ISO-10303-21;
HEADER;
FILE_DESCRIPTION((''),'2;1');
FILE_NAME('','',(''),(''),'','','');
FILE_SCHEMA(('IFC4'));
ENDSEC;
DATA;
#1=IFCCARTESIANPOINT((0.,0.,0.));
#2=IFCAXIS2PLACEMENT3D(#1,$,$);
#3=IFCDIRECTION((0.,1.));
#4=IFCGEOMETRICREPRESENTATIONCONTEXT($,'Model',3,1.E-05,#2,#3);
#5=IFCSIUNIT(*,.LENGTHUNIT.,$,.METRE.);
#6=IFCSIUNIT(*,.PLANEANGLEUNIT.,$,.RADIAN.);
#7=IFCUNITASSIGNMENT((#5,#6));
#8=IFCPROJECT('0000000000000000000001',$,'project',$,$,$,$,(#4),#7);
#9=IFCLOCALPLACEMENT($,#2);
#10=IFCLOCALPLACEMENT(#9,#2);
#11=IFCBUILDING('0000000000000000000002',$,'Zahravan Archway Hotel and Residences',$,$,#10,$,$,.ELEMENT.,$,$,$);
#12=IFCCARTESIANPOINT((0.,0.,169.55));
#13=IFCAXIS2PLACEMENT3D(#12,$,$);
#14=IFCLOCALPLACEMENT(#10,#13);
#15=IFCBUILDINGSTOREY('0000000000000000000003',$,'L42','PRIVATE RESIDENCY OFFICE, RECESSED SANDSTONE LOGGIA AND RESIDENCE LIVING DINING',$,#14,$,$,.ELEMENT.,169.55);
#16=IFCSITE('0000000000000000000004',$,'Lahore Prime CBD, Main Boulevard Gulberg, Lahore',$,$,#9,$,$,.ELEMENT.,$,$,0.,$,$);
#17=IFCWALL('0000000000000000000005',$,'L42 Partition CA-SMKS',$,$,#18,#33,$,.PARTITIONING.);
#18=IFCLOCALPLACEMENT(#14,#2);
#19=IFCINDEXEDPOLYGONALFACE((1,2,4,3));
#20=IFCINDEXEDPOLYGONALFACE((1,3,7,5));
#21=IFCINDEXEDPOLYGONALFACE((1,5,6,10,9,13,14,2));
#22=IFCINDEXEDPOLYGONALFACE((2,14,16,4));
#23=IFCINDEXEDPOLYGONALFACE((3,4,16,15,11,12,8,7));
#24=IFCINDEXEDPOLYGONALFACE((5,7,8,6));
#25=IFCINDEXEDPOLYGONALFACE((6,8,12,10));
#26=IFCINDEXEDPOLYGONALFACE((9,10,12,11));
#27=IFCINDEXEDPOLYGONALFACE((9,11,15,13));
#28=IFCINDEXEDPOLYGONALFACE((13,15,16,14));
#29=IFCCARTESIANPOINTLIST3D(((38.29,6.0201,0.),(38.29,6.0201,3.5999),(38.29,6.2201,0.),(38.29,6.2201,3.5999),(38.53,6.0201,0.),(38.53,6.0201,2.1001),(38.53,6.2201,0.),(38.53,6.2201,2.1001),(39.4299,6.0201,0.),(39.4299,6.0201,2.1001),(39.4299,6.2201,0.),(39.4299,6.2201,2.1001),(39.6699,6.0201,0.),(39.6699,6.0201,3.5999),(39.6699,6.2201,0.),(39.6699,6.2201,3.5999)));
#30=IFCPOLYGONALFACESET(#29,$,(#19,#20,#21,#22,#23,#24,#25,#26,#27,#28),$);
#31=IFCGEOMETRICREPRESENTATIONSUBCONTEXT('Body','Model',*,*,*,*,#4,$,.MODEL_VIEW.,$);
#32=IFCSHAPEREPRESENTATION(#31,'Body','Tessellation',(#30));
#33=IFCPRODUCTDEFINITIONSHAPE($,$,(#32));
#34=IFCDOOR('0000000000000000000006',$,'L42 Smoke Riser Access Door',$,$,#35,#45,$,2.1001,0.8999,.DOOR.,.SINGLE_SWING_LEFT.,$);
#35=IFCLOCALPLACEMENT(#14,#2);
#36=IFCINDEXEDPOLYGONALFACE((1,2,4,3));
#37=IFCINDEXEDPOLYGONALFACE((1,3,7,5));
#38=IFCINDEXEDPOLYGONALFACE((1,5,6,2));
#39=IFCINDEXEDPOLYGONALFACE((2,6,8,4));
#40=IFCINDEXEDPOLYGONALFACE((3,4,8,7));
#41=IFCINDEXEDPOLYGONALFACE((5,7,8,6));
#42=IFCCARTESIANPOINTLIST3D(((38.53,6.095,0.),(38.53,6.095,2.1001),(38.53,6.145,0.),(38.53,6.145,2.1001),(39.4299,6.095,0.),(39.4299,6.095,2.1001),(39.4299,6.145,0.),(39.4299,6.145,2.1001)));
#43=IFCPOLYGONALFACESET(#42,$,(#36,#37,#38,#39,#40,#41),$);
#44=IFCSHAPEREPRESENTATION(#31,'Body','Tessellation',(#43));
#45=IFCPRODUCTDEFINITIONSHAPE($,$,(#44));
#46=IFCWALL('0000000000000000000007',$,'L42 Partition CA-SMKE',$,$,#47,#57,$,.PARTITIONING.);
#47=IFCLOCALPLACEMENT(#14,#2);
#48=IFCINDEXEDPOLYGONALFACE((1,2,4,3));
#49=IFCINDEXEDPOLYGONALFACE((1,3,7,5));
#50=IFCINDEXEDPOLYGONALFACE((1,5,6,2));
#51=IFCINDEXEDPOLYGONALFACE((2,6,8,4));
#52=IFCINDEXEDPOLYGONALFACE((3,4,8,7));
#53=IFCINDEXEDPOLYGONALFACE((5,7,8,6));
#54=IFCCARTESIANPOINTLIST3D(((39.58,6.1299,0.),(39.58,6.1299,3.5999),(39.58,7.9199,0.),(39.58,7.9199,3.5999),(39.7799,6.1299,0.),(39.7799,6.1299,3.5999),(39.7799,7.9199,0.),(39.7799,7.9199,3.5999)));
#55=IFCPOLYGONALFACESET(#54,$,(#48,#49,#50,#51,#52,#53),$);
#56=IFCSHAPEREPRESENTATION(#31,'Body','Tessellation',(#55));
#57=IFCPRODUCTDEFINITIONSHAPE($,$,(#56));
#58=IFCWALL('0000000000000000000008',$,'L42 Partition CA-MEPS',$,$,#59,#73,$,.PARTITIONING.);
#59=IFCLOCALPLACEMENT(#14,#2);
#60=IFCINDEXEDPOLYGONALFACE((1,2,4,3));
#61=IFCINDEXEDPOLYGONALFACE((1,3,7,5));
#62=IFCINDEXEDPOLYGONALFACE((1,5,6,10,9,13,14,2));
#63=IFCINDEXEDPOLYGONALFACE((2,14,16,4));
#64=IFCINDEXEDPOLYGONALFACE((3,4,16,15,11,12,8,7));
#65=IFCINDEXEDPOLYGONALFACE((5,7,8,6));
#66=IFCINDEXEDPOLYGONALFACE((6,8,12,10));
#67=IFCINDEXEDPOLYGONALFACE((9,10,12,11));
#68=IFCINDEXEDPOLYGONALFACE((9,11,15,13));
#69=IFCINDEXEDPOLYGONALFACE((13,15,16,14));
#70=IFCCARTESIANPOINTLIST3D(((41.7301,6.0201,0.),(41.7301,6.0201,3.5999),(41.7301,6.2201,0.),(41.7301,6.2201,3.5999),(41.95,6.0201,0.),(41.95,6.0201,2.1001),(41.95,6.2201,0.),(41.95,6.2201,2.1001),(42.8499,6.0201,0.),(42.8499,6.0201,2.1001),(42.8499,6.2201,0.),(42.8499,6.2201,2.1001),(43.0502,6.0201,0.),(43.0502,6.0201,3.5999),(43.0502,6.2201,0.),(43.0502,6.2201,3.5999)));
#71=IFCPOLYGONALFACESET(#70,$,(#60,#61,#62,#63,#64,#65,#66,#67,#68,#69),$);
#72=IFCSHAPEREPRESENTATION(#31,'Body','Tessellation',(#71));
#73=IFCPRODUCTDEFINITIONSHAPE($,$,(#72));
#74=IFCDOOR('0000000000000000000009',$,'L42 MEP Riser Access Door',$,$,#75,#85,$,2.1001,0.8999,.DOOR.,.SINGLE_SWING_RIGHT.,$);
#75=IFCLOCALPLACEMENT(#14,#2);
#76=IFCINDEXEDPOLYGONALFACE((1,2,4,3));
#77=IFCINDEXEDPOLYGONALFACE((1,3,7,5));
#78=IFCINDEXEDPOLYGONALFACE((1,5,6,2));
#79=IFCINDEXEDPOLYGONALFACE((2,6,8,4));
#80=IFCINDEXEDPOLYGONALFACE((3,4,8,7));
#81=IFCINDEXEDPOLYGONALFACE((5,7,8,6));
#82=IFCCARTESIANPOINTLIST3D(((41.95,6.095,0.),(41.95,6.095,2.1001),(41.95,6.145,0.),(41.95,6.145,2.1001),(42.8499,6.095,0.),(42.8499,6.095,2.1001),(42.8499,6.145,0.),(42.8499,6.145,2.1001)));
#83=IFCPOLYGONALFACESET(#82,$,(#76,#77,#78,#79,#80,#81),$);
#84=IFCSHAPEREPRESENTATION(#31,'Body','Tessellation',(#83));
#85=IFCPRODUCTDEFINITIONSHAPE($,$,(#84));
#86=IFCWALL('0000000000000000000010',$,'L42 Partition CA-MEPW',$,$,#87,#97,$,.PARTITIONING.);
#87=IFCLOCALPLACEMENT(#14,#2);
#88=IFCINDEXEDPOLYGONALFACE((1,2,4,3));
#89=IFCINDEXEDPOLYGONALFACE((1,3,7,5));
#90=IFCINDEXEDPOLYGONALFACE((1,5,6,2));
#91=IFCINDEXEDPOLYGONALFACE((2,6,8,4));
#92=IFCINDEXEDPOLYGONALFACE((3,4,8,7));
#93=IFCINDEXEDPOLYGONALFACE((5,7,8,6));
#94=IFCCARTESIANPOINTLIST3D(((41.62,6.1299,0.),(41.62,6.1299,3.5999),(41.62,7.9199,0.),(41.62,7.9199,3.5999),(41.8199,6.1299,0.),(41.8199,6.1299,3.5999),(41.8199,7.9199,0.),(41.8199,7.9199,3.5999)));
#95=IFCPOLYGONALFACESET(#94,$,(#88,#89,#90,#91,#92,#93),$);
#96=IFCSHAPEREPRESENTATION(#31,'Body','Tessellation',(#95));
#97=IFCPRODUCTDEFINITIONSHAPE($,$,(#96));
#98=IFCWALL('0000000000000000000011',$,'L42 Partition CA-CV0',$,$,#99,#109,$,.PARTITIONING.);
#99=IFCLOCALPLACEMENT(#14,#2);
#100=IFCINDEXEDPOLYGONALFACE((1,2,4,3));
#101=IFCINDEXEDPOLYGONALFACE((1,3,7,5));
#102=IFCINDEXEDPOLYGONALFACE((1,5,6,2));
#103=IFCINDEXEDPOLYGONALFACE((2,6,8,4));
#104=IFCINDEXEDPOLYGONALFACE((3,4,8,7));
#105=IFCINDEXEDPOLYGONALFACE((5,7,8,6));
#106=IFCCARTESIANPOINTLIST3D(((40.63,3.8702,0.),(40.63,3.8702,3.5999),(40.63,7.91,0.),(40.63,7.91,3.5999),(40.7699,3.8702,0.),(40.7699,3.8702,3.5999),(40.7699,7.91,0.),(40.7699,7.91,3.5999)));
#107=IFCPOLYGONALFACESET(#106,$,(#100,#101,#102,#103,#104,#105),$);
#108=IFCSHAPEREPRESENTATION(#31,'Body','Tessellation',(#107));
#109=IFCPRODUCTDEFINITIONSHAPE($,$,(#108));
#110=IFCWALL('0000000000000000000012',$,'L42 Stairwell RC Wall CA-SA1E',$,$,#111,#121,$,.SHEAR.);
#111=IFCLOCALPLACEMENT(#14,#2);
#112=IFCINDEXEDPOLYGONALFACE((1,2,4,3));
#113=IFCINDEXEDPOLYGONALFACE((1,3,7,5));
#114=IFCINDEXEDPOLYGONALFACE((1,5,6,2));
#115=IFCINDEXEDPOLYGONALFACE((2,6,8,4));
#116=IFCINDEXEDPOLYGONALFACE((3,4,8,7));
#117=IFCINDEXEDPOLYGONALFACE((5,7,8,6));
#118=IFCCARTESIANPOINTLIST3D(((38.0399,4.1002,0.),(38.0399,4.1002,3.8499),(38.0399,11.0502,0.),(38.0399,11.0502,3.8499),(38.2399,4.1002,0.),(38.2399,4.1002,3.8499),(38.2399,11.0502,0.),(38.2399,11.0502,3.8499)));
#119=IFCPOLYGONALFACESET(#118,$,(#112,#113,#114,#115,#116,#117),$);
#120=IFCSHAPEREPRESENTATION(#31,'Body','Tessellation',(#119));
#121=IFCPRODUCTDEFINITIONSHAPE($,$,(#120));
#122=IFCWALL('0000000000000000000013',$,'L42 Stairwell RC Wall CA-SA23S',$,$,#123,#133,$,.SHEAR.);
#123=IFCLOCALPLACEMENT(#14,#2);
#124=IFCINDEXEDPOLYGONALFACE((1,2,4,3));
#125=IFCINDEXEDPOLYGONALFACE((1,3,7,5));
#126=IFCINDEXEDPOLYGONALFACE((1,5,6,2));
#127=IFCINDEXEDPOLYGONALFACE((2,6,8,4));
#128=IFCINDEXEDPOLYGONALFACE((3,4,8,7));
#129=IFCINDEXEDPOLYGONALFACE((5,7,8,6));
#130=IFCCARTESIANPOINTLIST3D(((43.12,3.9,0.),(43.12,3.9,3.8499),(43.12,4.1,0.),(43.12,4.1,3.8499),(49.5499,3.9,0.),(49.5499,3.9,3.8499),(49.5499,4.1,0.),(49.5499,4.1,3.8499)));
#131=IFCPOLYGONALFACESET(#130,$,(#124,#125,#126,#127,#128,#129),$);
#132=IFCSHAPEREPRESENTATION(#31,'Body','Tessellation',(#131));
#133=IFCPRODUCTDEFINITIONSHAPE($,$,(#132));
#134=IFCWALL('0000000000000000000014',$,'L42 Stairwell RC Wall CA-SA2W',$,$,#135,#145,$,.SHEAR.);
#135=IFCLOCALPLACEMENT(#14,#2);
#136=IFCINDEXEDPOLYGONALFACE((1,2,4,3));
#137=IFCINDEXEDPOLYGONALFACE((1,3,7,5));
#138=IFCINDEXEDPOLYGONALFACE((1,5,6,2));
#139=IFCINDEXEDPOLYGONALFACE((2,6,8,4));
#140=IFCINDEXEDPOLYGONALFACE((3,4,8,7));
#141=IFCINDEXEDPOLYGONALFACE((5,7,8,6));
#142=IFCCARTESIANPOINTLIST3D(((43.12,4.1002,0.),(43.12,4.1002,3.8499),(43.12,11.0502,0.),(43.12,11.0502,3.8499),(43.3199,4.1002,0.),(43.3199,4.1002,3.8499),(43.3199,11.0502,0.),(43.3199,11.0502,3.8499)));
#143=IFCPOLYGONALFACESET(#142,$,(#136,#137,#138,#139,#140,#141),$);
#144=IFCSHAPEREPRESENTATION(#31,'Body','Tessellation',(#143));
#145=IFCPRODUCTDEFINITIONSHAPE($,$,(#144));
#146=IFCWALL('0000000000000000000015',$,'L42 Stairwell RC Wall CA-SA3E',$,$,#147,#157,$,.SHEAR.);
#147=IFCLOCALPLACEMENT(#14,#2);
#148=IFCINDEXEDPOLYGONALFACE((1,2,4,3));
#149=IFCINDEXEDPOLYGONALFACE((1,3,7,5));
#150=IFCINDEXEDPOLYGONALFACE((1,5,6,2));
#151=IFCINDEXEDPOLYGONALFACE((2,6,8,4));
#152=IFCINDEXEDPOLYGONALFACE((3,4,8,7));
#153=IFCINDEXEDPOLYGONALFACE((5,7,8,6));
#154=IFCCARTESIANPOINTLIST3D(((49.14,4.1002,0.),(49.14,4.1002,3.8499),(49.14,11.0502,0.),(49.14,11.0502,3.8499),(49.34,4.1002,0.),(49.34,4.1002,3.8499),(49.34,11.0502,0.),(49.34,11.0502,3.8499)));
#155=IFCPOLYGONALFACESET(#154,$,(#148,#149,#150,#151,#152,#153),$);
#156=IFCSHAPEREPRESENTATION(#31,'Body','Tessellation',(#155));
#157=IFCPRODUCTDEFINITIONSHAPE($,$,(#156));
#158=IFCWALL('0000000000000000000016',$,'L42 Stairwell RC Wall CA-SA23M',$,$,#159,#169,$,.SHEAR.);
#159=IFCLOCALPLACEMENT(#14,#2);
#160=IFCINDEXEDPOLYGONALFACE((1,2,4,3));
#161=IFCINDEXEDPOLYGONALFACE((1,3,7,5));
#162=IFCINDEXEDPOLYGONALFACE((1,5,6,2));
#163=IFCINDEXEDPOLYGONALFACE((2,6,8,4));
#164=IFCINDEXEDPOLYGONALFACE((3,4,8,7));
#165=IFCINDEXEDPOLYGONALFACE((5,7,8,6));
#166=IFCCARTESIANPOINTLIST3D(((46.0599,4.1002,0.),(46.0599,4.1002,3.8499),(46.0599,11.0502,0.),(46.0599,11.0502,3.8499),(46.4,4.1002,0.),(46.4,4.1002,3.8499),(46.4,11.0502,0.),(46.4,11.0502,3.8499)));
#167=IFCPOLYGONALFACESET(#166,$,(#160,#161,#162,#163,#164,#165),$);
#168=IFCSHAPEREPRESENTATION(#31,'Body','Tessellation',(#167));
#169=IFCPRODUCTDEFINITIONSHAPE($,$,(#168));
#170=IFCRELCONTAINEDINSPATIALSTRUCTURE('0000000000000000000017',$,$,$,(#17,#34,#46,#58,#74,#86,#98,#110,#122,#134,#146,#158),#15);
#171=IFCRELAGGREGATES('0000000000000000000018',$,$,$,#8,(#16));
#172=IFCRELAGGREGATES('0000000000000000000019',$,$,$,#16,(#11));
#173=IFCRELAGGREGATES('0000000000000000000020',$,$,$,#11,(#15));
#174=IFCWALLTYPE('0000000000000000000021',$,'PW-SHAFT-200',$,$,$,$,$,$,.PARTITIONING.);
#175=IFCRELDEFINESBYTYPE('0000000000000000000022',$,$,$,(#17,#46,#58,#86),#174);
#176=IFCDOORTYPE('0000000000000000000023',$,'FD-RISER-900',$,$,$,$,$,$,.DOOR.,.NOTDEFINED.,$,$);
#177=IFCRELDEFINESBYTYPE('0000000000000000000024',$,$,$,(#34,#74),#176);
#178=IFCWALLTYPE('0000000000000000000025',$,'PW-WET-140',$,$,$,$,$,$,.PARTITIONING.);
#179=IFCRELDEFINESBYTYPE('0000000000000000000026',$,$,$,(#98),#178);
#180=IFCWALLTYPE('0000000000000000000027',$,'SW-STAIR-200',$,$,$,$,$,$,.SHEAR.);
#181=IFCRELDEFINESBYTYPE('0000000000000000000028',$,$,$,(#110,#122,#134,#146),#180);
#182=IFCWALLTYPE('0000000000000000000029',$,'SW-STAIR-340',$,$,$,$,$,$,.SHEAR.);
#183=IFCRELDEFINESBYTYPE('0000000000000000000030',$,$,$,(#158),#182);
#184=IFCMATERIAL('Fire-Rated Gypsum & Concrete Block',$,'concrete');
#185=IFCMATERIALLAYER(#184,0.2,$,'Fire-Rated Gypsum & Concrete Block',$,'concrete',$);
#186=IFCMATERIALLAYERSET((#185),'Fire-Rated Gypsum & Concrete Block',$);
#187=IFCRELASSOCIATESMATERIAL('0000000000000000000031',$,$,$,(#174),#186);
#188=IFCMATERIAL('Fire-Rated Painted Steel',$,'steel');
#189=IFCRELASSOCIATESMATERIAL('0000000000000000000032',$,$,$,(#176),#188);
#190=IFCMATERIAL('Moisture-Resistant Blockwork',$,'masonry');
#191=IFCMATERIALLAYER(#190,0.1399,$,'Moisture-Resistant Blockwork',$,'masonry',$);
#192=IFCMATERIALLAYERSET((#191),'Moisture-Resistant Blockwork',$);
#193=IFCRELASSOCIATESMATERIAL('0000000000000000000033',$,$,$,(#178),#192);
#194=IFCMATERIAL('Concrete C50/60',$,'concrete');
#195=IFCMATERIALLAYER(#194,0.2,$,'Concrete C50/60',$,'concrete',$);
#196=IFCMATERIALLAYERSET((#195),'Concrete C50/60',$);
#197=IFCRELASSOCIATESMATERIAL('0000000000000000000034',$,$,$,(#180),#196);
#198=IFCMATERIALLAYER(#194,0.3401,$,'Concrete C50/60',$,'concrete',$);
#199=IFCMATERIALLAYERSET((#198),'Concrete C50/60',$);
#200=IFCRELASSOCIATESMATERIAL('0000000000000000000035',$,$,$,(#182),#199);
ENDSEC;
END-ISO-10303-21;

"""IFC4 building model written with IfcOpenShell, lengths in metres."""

from ifc_helpers import new_model, si_unit, direction, frame, frame_2d, origin, place, context, subcontext, project, spatial, rectangle, extrude, source, transform, mapped, material, layer, layer_set, type_object, type_shapes, element, fill, save


model = new_model("IFC4")

# Units and contexts
model_context = context("Model", 3, precision=1e-05, world=origin(), true_north=direction((0.0, 1.0)))
body_context = subcontext(model_context, "Body", "Model", "MODEL_VIEW")
ifc_project = project(units=[si_unit("LENGTHUNIT", "METRE"), si_unit("PLANEANGLEUNIT", "RADIAN")], contexts=[model_context])

# Site, building, storey
site_placement = place(None, origin())
site = spatial("IfcSite", under=ifc_project, at=site_placement, Name="Lahore Prime CBD, Main Boulevard Gulberg, Lahore", CompositionType="ELEMENT", RefElevation=0.0)
building_placement = place(site_placement, origin())
building = spatial("IfcBuilding", under=site, at=building_placement, Name="Zahravan Archway Hotel and Residences", CompositionType="ELEMENT")
storey_placement = place(building_placement, frame((0.0, 0.0, 169.55)))
storey = spatial("IfcBuildingStorey", under=building, at=storey_placement, Name="L42", Description="PRIVATE RESIDENCY OFFICE, RECESSED SANDSTONE LOGGIA AND RESIDENCE LIVING DINING", CompositionType="ELEMENT", Elevation=169.55)

# Wall, opening, door
ifc_material_1 = material(Name="Fire-Rated Gypsum & Concrete Block", Category="concrete")
ifc_layer_1 = layer(ifc_material_1, 0.2, Name="Fire-Rated Gypsum & Concrete Block", Category="concrete")
ifc_layer_set_1 = layer_set([ifc_layer_1], Name="Fire-Rated Gypsum & Concrete Block")
wall_type_1 = type_object("IfcWallType", Name="PW-SHAFT-200", PredefinedType="PARTITIONING", material=ifc_layer_set_1)
wall_1_placement = place(storey_placement, frame((38.29, 6.1201, 0.0), z_axis=(0.0, 0.0, 1.0), x_axis=(1.0, 0.0, 0.0)))
wall_1 = element("IfcWall", 1, at=wall_1_placement, inside=storey, type_object=wall_type_1, Name="L42 Partition CA-SMKS", PredefinedType="PARTITIONING", context=body_context, shape_type="SweptSolid", body=[
    extrude(rectangle(XDim=1.3799, YDim=0.2, at=frame_2d((0.6899, 0.0))), origin(), (0.0, 0.0, 1.0), 3.5999),
])
opening_1_placement = place(wall_1_placement, frame((0.24, 0.0, 0.0)))
opening_1 = element("IfcOpeningElement", 2, at=opening_1_placement, cuts=wall_1, PredefinedType="OPENING", context=body_context, shape_type="SweptSolid", body=[
    extrude(rectangle(XDim=0.8999, YDim=2.1001, at=frame_2d((0.45, 1.05))), frame((0.0, 0.1099, 0.0), z_axis=(0.0, -1.0, 0.0), x_axis=(1.0, 0.0, 0.0)), (0.0, 0.0, 1.0), 0.22),
])
ifc_material_2 = material(Name="Fire-Rated Painted Steel", Category="steel")
door_type = type_object("IfcDoorType", Name="FD-RISER-900", OperationType="NOTDEFINED", PredefinedType="DOOR", material=ifc_material_2)
shared_shape_1 = source(origin(), body_context, "Body", "SweptSolid", [
    extrude(rectangle(XDim=0.8999, YDim=2.1001, at=frame_2d((0.45, 1.05))), frame((0.0, 0.0249, 0.0), z_axis=(0.0, -1.0, 0.0), x_axis=(1.0, 0.0, 0.0)), (0.0, 0.0, 1.0), 0.05),
])
type_shapes(door_type, [shared_shape_1])
door_1_placement = place(opening_1_placement, origin())
door_1 = element("IfcDoor", 3, at=door_1_placement, inside=storey, type_object=door_type, Name="L42 Smoke Riser Access Door", OperationType="SINGLE_SWING_LEFT", OverallHeight=2.1001, OverallWidth=0.8999, PredefinedType="DOOR", context=body_context, shape_type="MappedRepresentation", body=[
    mapped(shared_shape_1, transform((0.0, 0.0, 0.0), scale=1.0)),
])
fill(opening_1, door_1)

# Wall
wall_2_placement = place(storey_placement, frame((39.6799, 6.1299, 0.0), z_axis=(0.0, 0.0, 1.0), x_axis=(0.0, 1.0, 0.0)))
element("IfcWall", 4, at=wall_2_placement, inside=storey, type_object=wall_type_1, Name="L42 Partition CA-SMKE", PredefinedType="PARTITIONING", context=body_context, shape_type="SweptSolid", body=[
    extrude(rectangle(XDim=1.79, YDim=0.2, at=frame_2d((0.895, 0.0))), origin(), (0.0, 0.0, 1.0), 3.5999),
])

# Wall, opening, door
wall_3_placement = place(storey_placement, frame((41.73, 6.1201, 0.0), z_axis=(0.0, 0.0, 1.0), x_axis=(1.0, 0.0, 0.0)))
wall_3 = element("IfcWall", 5, at=wall_3_placement, inside=storey, type_object=wall_type_1, Name="L42 Partition CA-MEPS", PredefinedType="PARTITIONING", context=body_context, shape_type="SweptSolid", body=[
    extrude(rectangle(XDim=1.3201, YDim=0.2, at=frame_2d((0.6602, 0.0))), origin(), (0.0, 0.0, 1.0), 3.5999),
])
opening_2_placement = place(wall_3_placement, frame((0.22, 0.0, 0.0)))
opening_2 = element("IfcOpeningElement", 6, at=opening_2_placement, cuts=wall_3, PredefinedType="OPENING", context=body_context, shape_type="SweptSolid", body=[
    extrude(rectangle(XDim=0.8999, YDim=2.1001, at=frame_2d((0.45, 1.05))), frame((0.0, 0.1099, 0.0), z_axis=(0.0, -1.0, 0.0), x_axis=(1.0, 0.0, 0.0)), (0.0, 0.0, 1.0), 0.22),
])
door_2_placement = place(opening_2_placement, origin())
door_2 = element("IfcDoor", 7, at=door_2_placement, inside=storey, type_object=door_type, Name="L42 MEP Riser Access Door", OperationType="SINGLE_SWING_RIGHT", OverallHeight=2.1001, OverallWidth=0.8999, PredefinedType="DOOR", context=body_context, shape_type="MappedRepresentation", body=[
    mapped(shared_shape_1, transform((0.0, 0.0, 0.0), scale=1.0)),
])
fill(opening_2, door_2)

# Walls
wall_4_placement = place(storey_placement, frame((41.72, 6.1299, 0.0), z_axis=(0.0, 0.0, 1.0), x_axis=(0.0, 1.0, 0.0)))
element("IfcWall", 8, at=wall_4_placement, inside=storey, type_object=wall_type_1, Name="L42 Partition CA-MEPW", PredefinedType="PARTITIONING", context=body_context, shape_type="SweptSolid", body=[
    extrude(rectangle(XDim=1.79, YDim=0.2, at=frame_2d((0.895, 0.0))), origin(), (0.0, 0.0, 1.0), 3.5999),
])
ifc_material_3 = material(Name="Moisture-Resistant Blockwork", Category="masonry")
ifc_layer_2 = layer(ifc_material_3, 0.1399, Name="Moisture-Resistant Blockwork", Category="masonry")
ifc_layer_set_2 = layer_set([ifc_layer_2], Name="Moisture-Resistant Blockwork")
wall_type_2 = type_object("IfcWallType", Name="PW-WET-140", PredefinedType="PARTITIONING", material=ifc_layer_set_2)
wall_5_placement = place(storey_placement, frame((40.7, 3.8701, 0.0), z_axis=(0.0, 0.0, 1.0), x_axis=(0.0, 1.0, 0.0)))
element("IfcWall", 9, at=wall_5_placement, inside=storey, type_object=wall_type_2, Name="L42 Partition CA-CV0", PredefinedType="PARTITIONING", context=body_context, shape_type="SweptSolid", body=[
    extrude(rectangle(XDim=4.0398, YDim=0.1399, at=frame_2d((2.02, 0.0))), origin(), (0.0, 0.0, 1.0), 3.5999),
])
ifc_material_4 = material(Name="Concrete C50/60", Category="concrete")
ifc_layer_3 = layer(ifc_material_4, 0.2, Name="Concrete C50/60", Category="concrete")
ifc_layer_set_3 = layer_set([ifc_layer_3], Name="Concrete C50/60")
wall_type_3 = type_object("IfcWallType", Name="SW-STAIR-200", PredefinedType="SHEAR", material=ifc_layer_set_3)
wall_6_placement = place(storey_placement, frame((38.1399, 4.1001, 0.0), z_axis=(0.0, 0.0, 1.0), x_axis=(0.0, 1.0, 0.0)))
element("IfcWall", 10, at=wall_6_placement, inside=storey, type_object=wall_type_3, Name="L42 Stairwell RC Wall CA-SA1E", PredefinedType="SHEAR", context=body_context, shape_type="SweptSolid", body=[
    extrude(rectangle(XDim=6.95, YDim=0.2, at=frame_2d((3.4751, 0.0))), origin(), (0.0, 0.0, 1.0), 3.8499),
])
wall_7_placement = place(storey_placement, frame((43.1201, 4.0, 0.0), z_axis=(0.0, 0.0, 1.0), x_axis=(1.0, 0.0, 0.0)))
element("IfcWall", 11, at=wall_7_placement, inside=storey, type_object=wall_type_3, Name="L42 Stairwell RC Wall CA-SA23S", PredefinedType="SHEAR", context=body_context, shape_type="SweptSolid", body=[
    extrude(rectangle(XDim=6.4299, YDim=0.2, at=frame_2d((3.2148, 0.0))), origin(), (0.0, 0.0, 1.0), 3.8499),
])
for number, where, z_axis, x_axis, name in (
    (12, (43.22, 4.1001, 0.0), (0.0, 0.0, 1.0), (0.0, 1.0, 0.0), "L42 Stairwell RC Wall CA-SA2W"),
    (13, (49.24, 4.1001, 0.0), (0.0, 0.0, 1.0), (0.0, 1.0, 0.0), "L42 Stairwell RC Wall CA-SA3E"),
):
    element("IfcWall", number, at=place(storey_placement, frame(where, z_axis=z_axis, x_axis=x_axis)), inside=storey, type_object=wall_type_3, Name=name, PredefinedType="SHEAR", context=body_context, shape_type="SweptSolid", body=[
        extrude(rectangle(XDim=6.95, YDim=0.2, at=frame_2d((3.4751, 0.0))), origin(), (0.0, 0.0, 1.0), 3.8499),
    ])
ifc_layer_4 = layer(ifc_material_4, 0.3401, Name="Concrete C50/60", Category="concrete")
ifc_layer_set_4 = layer_set([ifc_layer_4], Name="Concrete C50/60")
wall_type_4 = type_object("IfcWallType", Name="SW-STAIR-340", PredefinedType="SHEAR", material=ifc_layer_set_4)
wall_8_placement = place(storey_placement, frame((46.23, 4.1001, 0.0), z_axis=(0.0, 0.0, 1.0), x_axis=(0.0, 1.0, 0.0)))
element("IfcWall", 14, at=wall_8_placement, inside=storey, type_object=wall_type_4, Name="L42 Stairwell RC Wall CA-SA23M", PredefinedType="SHEAR", context=body_context, shape_type="SweptSolid", body=[
    extrude(rectangle(XDim=6.95, YDim=0.3401, at=frame_2d((3.4751, 0.0))), origin(), (0.0, 0.0, 1.0), 3.8499),
])

save(model, "model.ifc")
